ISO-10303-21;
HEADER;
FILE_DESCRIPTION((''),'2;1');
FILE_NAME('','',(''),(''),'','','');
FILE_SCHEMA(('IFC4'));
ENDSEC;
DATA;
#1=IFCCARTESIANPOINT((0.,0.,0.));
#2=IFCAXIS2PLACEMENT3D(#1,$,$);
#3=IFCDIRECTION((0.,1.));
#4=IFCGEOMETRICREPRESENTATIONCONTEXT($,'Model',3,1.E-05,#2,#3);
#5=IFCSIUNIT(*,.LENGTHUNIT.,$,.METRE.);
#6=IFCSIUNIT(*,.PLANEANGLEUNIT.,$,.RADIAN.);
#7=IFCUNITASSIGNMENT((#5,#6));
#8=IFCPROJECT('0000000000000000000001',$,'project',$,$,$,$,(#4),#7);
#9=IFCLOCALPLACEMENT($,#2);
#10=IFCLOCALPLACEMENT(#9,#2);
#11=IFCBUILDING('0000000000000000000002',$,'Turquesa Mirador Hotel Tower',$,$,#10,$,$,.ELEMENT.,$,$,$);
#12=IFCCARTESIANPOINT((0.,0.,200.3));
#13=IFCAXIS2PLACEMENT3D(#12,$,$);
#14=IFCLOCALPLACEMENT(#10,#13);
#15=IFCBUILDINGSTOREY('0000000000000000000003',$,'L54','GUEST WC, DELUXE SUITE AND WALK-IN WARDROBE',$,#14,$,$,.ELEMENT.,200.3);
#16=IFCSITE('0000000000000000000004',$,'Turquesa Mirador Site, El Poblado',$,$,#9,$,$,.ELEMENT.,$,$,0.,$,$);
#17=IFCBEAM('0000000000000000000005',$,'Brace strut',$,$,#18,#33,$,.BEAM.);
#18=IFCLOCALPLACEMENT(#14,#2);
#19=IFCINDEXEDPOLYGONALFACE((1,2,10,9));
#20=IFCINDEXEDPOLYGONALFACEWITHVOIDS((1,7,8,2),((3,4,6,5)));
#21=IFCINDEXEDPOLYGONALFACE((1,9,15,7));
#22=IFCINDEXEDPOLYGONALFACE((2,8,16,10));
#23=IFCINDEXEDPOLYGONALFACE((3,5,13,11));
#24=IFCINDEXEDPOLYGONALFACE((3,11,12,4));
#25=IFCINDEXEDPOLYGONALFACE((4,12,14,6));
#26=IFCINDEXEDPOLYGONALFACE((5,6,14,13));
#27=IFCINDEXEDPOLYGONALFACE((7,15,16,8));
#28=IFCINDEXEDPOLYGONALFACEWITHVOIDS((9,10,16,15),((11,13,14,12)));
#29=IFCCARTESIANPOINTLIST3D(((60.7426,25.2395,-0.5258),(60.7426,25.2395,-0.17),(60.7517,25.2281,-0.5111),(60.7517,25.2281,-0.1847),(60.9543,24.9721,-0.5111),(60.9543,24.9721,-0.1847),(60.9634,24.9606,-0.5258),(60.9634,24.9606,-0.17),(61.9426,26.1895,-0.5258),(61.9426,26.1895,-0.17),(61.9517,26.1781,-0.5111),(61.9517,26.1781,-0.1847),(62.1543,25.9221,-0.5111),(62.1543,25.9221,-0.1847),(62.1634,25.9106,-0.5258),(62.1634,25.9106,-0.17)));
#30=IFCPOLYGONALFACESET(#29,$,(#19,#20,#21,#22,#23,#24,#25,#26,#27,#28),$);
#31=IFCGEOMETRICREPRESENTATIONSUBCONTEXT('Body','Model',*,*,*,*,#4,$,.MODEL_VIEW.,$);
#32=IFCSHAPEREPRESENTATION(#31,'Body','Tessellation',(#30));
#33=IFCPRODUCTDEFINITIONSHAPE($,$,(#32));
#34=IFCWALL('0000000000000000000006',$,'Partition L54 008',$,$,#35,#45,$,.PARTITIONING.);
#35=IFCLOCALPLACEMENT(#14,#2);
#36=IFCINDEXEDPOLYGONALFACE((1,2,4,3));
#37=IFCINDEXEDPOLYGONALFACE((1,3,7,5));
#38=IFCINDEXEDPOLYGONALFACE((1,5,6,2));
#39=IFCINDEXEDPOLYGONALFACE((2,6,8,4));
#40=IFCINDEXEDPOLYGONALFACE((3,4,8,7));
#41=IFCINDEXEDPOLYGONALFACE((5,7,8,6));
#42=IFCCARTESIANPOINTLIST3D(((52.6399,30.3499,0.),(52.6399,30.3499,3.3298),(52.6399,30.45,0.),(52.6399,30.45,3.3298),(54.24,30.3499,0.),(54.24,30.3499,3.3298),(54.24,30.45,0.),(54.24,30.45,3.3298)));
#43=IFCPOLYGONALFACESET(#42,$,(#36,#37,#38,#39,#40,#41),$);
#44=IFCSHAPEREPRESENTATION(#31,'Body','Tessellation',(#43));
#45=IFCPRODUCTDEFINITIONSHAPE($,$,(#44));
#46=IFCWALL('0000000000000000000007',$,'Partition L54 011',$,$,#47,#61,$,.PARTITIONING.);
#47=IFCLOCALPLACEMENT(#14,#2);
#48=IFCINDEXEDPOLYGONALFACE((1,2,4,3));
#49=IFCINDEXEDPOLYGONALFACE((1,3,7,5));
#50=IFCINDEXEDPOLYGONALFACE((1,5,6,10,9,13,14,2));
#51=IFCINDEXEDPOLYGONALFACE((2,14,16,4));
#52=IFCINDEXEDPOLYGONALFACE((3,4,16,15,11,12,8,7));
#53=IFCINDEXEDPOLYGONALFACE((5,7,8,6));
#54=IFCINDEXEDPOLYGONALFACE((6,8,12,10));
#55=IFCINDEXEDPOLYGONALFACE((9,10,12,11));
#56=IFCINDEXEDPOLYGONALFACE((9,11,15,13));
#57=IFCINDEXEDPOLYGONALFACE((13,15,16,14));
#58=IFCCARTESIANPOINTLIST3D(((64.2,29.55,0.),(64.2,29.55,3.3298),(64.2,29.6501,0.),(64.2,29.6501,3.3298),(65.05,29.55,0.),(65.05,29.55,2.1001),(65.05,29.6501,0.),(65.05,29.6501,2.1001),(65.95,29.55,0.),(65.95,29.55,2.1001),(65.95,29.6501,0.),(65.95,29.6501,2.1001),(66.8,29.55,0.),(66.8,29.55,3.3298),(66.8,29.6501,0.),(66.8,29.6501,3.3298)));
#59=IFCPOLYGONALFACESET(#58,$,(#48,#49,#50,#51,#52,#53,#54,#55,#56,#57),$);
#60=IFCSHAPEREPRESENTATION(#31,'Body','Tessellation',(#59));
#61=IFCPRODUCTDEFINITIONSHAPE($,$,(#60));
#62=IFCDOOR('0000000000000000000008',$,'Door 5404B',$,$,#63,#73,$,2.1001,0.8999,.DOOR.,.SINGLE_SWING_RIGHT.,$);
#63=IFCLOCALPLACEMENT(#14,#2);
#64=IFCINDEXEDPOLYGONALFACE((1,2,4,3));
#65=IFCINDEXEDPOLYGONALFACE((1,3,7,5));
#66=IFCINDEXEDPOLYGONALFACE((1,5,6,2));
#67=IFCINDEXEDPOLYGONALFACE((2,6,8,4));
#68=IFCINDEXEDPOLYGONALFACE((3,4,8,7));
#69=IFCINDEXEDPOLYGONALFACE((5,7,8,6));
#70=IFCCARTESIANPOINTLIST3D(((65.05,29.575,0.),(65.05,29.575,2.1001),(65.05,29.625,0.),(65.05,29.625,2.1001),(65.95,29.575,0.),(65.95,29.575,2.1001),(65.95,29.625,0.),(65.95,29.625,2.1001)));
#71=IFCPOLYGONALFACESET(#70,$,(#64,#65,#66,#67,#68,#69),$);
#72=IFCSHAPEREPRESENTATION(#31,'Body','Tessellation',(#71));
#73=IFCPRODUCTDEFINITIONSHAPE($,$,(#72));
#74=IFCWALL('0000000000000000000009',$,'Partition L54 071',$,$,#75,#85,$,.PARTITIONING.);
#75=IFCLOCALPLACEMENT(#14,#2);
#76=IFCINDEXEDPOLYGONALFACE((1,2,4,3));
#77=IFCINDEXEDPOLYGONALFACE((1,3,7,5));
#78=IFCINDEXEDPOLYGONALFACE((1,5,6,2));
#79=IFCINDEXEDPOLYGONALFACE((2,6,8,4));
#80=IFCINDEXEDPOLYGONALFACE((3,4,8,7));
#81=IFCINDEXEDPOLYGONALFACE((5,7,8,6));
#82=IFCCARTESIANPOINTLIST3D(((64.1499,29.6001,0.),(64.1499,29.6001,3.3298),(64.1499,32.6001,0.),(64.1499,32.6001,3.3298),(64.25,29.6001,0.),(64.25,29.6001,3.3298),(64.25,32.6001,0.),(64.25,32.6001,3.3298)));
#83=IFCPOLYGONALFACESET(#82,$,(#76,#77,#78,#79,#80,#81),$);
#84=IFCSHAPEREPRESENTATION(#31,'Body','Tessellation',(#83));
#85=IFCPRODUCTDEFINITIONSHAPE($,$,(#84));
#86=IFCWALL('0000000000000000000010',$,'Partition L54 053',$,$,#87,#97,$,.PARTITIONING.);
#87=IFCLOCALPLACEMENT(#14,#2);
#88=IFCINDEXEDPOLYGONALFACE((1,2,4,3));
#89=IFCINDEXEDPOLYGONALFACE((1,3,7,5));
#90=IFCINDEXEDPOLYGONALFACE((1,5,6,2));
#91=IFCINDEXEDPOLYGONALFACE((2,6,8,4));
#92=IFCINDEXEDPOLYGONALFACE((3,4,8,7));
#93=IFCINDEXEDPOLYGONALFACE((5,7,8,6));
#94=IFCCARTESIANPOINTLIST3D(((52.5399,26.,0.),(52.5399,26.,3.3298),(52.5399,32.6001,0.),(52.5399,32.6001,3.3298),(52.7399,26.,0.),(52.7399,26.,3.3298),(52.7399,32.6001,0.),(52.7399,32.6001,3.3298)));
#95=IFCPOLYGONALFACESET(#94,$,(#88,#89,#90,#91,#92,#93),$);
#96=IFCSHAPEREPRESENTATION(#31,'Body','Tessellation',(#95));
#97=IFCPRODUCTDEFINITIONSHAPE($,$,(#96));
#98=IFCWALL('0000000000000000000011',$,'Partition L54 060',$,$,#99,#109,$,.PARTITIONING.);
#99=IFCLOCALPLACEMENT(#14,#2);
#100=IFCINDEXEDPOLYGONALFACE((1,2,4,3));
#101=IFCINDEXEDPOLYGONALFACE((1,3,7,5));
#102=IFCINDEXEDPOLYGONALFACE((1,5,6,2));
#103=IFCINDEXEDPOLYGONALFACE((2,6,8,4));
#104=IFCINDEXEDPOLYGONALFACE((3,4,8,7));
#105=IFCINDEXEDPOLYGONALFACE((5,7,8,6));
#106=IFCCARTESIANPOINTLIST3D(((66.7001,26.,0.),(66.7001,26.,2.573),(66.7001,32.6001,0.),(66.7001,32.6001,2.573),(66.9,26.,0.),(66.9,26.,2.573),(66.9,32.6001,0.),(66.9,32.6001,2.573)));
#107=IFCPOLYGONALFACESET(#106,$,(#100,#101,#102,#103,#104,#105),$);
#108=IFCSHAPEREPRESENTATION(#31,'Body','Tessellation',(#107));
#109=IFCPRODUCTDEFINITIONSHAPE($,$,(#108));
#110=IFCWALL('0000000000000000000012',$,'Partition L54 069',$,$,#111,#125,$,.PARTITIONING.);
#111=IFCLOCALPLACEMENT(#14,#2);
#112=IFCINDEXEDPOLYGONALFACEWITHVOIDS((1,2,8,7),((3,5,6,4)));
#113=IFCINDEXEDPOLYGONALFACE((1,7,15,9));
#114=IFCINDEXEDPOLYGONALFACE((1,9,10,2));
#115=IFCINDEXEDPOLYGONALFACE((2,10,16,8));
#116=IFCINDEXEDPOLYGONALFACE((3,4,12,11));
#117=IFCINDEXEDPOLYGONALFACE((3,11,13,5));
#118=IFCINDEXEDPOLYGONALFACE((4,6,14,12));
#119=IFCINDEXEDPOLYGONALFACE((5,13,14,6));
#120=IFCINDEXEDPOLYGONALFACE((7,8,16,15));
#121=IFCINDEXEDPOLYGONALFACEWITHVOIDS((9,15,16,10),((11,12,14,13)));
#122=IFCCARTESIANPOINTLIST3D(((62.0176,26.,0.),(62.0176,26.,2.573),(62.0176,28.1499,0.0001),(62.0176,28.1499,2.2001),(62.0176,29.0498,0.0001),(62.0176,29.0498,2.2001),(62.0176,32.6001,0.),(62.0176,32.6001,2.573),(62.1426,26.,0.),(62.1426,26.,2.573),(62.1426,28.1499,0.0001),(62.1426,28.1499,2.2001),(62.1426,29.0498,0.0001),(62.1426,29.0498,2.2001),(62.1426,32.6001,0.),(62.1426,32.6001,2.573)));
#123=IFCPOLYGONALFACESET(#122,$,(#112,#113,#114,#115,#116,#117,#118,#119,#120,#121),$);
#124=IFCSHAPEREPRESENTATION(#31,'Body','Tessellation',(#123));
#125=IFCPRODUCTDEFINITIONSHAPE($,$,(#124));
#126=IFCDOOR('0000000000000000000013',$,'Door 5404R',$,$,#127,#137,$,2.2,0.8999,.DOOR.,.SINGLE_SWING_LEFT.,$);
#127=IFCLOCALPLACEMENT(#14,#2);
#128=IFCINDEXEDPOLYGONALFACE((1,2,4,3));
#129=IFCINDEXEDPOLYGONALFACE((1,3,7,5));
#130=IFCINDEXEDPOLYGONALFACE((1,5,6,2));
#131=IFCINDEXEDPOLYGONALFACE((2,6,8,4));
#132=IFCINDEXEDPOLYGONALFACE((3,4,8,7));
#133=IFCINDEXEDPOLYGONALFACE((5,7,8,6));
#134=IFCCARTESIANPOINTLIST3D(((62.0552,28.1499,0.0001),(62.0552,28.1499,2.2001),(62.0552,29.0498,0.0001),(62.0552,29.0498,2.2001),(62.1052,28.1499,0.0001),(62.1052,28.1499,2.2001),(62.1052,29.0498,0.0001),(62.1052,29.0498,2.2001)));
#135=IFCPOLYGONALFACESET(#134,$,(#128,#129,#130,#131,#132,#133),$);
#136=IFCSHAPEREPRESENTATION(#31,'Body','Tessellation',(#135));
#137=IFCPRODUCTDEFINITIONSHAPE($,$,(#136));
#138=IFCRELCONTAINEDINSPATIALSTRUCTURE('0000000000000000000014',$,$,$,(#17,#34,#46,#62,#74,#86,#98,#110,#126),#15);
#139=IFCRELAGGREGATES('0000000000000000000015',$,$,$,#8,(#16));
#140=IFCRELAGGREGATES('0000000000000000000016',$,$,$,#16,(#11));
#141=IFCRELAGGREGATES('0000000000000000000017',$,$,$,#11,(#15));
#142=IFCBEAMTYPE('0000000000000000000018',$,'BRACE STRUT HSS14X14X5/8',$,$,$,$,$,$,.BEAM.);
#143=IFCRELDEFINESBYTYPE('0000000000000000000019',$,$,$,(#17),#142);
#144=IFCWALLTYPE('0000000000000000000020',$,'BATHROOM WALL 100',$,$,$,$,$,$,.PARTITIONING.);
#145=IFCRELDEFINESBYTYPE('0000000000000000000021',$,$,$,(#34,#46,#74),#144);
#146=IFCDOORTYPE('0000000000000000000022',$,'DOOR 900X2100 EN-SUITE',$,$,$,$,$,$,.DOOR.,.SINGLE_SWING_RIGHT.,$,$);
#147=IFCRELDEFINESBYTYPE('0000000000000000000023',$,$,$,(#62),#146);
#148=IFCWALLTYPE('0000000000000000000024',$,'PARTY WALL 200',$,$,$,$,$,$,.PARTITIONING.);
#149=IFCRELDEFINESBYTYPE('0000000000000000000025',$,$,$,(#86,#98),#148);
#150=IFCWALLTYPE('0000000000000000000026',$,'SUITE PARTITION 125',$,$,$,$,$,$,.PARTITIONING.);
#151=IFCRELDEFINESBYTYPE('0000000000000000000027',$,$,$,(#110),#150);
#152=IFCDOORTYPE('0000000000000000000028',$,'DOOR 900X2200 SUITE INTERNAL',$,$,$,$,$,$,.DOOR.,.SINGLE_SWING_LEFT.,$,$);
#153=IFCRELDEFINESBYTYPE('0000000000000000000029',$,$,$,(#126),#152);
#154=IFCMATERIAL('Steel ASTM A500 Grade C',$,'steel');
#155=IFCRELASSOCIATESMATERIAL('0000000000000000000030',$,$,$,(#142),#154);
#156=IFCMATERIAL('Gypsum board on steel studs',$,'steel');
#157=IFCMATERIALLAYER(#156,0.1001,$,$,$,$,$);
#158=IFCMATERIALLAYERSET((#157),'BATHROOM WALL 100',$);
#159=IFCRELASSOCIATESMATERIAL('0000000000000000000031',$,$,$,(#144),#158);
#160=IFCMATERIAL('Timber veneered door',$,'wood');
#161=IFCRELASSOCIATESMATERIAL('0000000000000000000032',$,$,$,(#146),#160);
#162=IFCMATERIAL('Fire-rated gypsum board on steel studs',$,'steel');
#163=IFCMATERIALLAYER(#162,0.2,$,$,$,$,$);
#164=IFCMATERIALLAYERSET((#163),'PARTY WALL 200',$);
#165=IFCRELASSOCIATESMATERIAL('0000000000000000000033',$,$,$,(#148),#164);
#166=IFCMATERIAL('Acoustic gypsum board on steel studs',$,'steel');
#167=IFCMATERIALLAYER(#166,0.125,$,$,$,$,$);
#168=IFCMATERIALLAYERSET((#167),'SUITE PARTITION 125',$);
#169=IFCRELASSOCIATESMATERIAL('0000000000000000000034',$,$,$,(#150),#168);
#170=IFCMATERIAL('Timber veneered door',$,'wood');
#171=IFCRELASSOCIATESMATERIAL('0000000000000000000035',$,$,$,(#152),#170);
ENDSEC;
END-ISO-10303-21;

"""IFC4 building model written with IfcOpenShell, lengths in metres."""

from ifc_helpers import new_model, si_unit, direction, frame, frame_2d, origin, origin_2d, place, context, subcontext, project, spatial, rectangle, hollow_rectangle, extrude, material, layer, layer_set, material_profile, profile_set, type_object, element, fill, save


model = new_model("IFC4")

# Units and contexts
model_context = context("Model", 3, precision=1e-05, world=origin(), true_north=direction((0.0, 1.0)))
body_context = subcontext(model_context, "Body", "Model", "MODEL_VIEW")
ifc_project = project(units=[si_unit("LENGTHUNIT", "METRE"), si_unit("PLANEANGLEUNIT", "RADIAN")], contexts=[model_context])

# Site, building, storey
site_placement = place(None, origin())
site = spatial("IfcSite", under=ifc_project, at=site_placement, Name="Turquesa Mirador Site, El Poblado", CompositionType="ELEMENT", RefElevation=0.0)
building_placement = place(site_placement, origin())
building = spatial("IfcBuilding", under=site, at=building_placement, Name="Turquesa Mirador Hotel Tower", CompositionType="ELEMENT")
storey_placement = place(building_placement, frame((0.0, 0.0, 200.3)))
storey = spatial("IfcBuildingStorey", under=building, at=storey_placement, Name="L54", Description="GUEST WC, DELUXE SUITE AND WALK-IN WARDROBE", CompositionType="ELEMENT", Elevation=200.3)

# Beam
ifc_material_1 = material(Name="Steel ASTM A500 Grade C", Category="steel")
ifc_material_profile_1 = material_profile(ifc_material_1, hollow_rectangle(XDim=0.3557, YDim=0.3557, WallThickness=0.0146, at=origin_2d()), Name="HSS14X14X5/8")
ifc_profile_set_1 = profile_set([ifc_material_profile_1], Name="Steel ASTM A500 Grade C")
beam_type_1 = type_object("IfcBeamType", Name="BRACE STRUT HSS14X14X5/8", PredefinedType="BEAM", material=ifc_profile_set_1)
beam_1_placement = place(storey_placement, frame((60.853, 25.1001, -0.3479), z_axis=(0.784049, 0.620699, 0.0), x_axis=(-0.620699, 0.784049, 0.0)))
element("IfcBeam", 1, at=beam_1_placement, inside=storey, type_object=beam_type_1, Name="Brace strut", PredefinedType="BEAM", context=body_context, shape_type="SweptSolid", body=[
    extrude(hollow_rectangle(XDim=0.3557, YDim=0.3557, WallThickness=0.0146, at=origin_2d()), origin(), (0.0, 0.0, 1.0), 1.5305),
])

# Wall
ifc_material_2 = material(Name="Gypsum board on steel studs", Category="steel")
ifc_layer_1 = layer(ifc_material_2, 0.1001)
ifc_layer_set_1 = layer_set([ifc_layer_1], Name="BATHROOM WALL 100")
wall_type_1 = type_object("IfcWallType", Name="BATHROOM WALL 100", PredefinedType="PARTITIONING", material=ifc_layer_set_1)
wall_1_placement = place(storey_placement, frame((52.6399, 30.3999, 0.0), z_axis=(0.0, 0.0, 1.0), x_axis=(1.0, 0.0, 0.0)))
element("IfcWall", 2, at=wall_1_placement, inside=storey, type_object=wall_type_1, Name="Partition L54 008", PredefinedType="PARTITIONING", context=body_context, shape_type="SweptSolid", body=[
    extrude(rectangle(XDim=1.6001, YDim=0.1001, at=frame_2d((0.8, 0.0))), origin(), (0.0, 0.0, 1.0), 3.3298),
])

# Wall, opening, door
wall_2_placement = place(storey_placement, frame((64.2, 29.6001, 0.0), z_axis=(0.0, 0.0, 1.0), x_axis=(1.0, 0.0, 0.0)))
wall_2 = element("IfcWall", 3, at=wall_2_placement, inside=storey, type_object=wall_type_1, Name="Partition L54 011", PredefinedType="PARTITIONING", context=body_context, shape_type="SweptSolid", body=[
    extrude(rectangle(XDim=2.6001, YDim=0.1001, at=frame_2d((1.3, 0.0))), origin(), (0.0, 0.0, 1.0), 3.3298),
])
opening_1_placement = place(wall_2_placement, frame((0.8501, 0.0, 0.0)))
opening_1 = element("IfcOpeningElement", 4, at=opening_1_placement, cuts=wall_2, PredefinedType="OPENING", context=body_context, shape_type="SweptSolid", body=[
    extrude(rectangle(XDim=0.8999, YDim=2.1001, at=frame_2d((0.45, 1.05))), frame((0.0, 0.0601, 0.0), z_axis=(0.0, -1.0, 0.0), x_axis=(1.0, 0.0, 0.0)), (0.0, 0.0, 1.0), 0.1201),
])
ifc_material_3 = material(Name="Timber veneered door", Category="wood")
door_type_1 = type_object("IfcDoorType", Name="DOOR 900X2100 EN-SUITE", OperationType="SINGLE_SWING_RIGHT", PredefinedType="DOOR", material=ifc_material_3)
door_1_placement = place(opening_1_placement, origin())
door_1 = element("IfcDoor", 5, at=door_1_placement, inside=storey, type_object=door_type_1, Name="Door 5404B", OperationType="SINGLE_SWING_RIGHT", OverallHeight=2.1001, OverallWidth=0.8999, PredefinedType="DOOR", context=body_context, shape_type="SweptSolid", body=[
    extrude(rectangle(XDim=0.8999, YDim=2.1001, at=frame_2d((0.45, 1.05))), frame((0.0, 0.0249, 0.0), z_axis=(0.0, -1.0, 0.0), x_axis=(1.0, 0.0, 0.0)), (0.0, 0.0, 1.0), 0.05),
])
fill(opening_1, door_1)

# Walls
wall_3_placement = place(storey_placement, frame((64.2, 29.6001, 0.0), z_axis=(0.0, 0.0, 1.0), x_axis=(0.0, 1.0, 0.0)))
element("IfcWall", 6, at=wall_3_placement, inside=storey, type_object=wall_type_1, Name="Partition L54 071", PredefinedType="PARTITIONING", context=body_context, shape_type="SweptSolid", body=[
    extrude(rectangle(XDim=3.0, YDim=0.1001, at=frame_2d((1.5, 0.0))), origin(), (0.0, 0.0, 1.0), 3.3298),
])
ifc_material_4 = material(Name="Fire-rated gypsum board on steel studs", Category="steel")
ifc_layer_2 = layer(ifc_material_4, 0.2)
ifc_layer_set_2 = layer_set([ifc_layer_2], Name="PARTY WALL 200")
wall_type_2 = type_object("IfcWallType", Name="PARTY WALL 200", PredefinedType="PARTITIONING", material=ifc_layer_set_2)
wall_4_placement = place(storey_placement, frame((52.6399, 26.0, 0.0), z_axis=(0.0, 0.0, 1.0), x_axis=(0.0, 1.0, 0.0)))
element("IfcWall", 7, at=wall_4_placement, inside=storey, type_object=wall_type_2, Name="Partition L54 053", PredefinedType="PARTITIONING", context=body_context, shape_type="SweptSolid", body=[
    extrude(rectangle(XDim=6.6001, YDim=0.2, at=frame_2d((3.3, 0.0))), origin(), (0.0, 0.0, 1.0), 3.3298),
])
wall_5_placement = place(storey_placement, frame((66.8, 26.0, 0.0), z_axis=(0.0, 0.0, 1.0), x_axis=(0.0, 1.0, 0.0)))
element("IfcWall", 8, at=wall_5_placement, inside=storey, type_object=wall_type_2, Name="Partition L54 060", PredefinedType="PARTITIONING", context=body_context, shape_type="SweptSolid", body=[
    extrude(rectangle(XDim=6.6001, YDim=0.2, at=frame_2d((3.3, 0.0))), origin(), (0.0, 0.0, 1.0), 2.573),
])

# Wall, opening, door
ifc_material_5 = material(Name="Acoustic gypsum board on steel studs", Category="steel")
ifc_layer_3 = layer(ifc_material_5, 0.125)
ifc_layer_set_3 = layer_set([ifc_layer_3], Name="SUITE PARTITION 125")
wall_type_3 = type_object("IfcWallType", Name="SUITE PARTITION 125", PredefinedType="PARTITIONING", material=ifc_layer_set_3)
wall_6_placement = place(storey_placement, frame((62.0801, 26.0, 0.0), z_axis=(0.0, 0.0, 1.0), x_axis=(0.0, 1.0, 0.0)))
wall_6 = element("IfcWall", 9, at=wall_6_placement, inside=storey, type_object=wall_type_3, Name="Partition L54 069", PredefinedType="PARTITIONING", context=body_context, shape_type="SweptSolid", body=[
    extrude(rectangle(XDim=6.6001, YDim=0.125, at=frame_2d((3.3, 0.0))), origin(), (0.0, 0.0, 1.0), 2.573),
])
opening_2_placement = place(wall_6_placement, frame((2.1499, 0.0, 0.0)))
opening_2 = element("IfcOpeningElement", 10, at=opening_2_placement, cuts=wall_6, PredefinedType="OPENING", context=body_context, shape_type="SweptSolid", body=[
    extrude(rectangle(XDim=0.8999, YDim=2.2, at=frame_2d((0.45, 1.1001))), frame((0.0, 0.0725, 0.0), z_axis=(0.0, -1.0, 0.0), x_axis=(1.0, 0.0, 0.0)), (0.0, 0.0, 1.0), 0.145),
])
ifc_material_6 = material(Name="Timber veneered door", Category="wood")
door_type_2 = type_object("IfcDoorType", Name="DOOR 900X2200 SUITE INTERNAL", OperationType="SINGLE_SWING_LEFT", PredefinedType="DOOR", material=ifc_material_6)
door_2_placement = place(opening_2_placement, origin())
door_2 = element("IfcDoor", 11, at=door_2_placement, inside=storey, type_object=door_type_2, Name="Door 5404R", OperationType="SINGLE_SWING_LEFT", OverallHeight=2.2, OverallWidth=0.8999, PredefinedType="DOOR", context=body_context, shape_type="SweptSolid", body=[
    extrude(rectangle(XDim=0.8999, YDim=2.2, at=frame_2d((0.45, 1.1001))), frame((0.0, 0.0249, 0.0), z_axis=(0.0, -1.0, 0.0), x_axis=(1.0, 0.0, 0.0)), (0.0, 0.0, 1.0), 0.05),
])
fill(opening_2, door_2)

save(model, "model.ifc")
